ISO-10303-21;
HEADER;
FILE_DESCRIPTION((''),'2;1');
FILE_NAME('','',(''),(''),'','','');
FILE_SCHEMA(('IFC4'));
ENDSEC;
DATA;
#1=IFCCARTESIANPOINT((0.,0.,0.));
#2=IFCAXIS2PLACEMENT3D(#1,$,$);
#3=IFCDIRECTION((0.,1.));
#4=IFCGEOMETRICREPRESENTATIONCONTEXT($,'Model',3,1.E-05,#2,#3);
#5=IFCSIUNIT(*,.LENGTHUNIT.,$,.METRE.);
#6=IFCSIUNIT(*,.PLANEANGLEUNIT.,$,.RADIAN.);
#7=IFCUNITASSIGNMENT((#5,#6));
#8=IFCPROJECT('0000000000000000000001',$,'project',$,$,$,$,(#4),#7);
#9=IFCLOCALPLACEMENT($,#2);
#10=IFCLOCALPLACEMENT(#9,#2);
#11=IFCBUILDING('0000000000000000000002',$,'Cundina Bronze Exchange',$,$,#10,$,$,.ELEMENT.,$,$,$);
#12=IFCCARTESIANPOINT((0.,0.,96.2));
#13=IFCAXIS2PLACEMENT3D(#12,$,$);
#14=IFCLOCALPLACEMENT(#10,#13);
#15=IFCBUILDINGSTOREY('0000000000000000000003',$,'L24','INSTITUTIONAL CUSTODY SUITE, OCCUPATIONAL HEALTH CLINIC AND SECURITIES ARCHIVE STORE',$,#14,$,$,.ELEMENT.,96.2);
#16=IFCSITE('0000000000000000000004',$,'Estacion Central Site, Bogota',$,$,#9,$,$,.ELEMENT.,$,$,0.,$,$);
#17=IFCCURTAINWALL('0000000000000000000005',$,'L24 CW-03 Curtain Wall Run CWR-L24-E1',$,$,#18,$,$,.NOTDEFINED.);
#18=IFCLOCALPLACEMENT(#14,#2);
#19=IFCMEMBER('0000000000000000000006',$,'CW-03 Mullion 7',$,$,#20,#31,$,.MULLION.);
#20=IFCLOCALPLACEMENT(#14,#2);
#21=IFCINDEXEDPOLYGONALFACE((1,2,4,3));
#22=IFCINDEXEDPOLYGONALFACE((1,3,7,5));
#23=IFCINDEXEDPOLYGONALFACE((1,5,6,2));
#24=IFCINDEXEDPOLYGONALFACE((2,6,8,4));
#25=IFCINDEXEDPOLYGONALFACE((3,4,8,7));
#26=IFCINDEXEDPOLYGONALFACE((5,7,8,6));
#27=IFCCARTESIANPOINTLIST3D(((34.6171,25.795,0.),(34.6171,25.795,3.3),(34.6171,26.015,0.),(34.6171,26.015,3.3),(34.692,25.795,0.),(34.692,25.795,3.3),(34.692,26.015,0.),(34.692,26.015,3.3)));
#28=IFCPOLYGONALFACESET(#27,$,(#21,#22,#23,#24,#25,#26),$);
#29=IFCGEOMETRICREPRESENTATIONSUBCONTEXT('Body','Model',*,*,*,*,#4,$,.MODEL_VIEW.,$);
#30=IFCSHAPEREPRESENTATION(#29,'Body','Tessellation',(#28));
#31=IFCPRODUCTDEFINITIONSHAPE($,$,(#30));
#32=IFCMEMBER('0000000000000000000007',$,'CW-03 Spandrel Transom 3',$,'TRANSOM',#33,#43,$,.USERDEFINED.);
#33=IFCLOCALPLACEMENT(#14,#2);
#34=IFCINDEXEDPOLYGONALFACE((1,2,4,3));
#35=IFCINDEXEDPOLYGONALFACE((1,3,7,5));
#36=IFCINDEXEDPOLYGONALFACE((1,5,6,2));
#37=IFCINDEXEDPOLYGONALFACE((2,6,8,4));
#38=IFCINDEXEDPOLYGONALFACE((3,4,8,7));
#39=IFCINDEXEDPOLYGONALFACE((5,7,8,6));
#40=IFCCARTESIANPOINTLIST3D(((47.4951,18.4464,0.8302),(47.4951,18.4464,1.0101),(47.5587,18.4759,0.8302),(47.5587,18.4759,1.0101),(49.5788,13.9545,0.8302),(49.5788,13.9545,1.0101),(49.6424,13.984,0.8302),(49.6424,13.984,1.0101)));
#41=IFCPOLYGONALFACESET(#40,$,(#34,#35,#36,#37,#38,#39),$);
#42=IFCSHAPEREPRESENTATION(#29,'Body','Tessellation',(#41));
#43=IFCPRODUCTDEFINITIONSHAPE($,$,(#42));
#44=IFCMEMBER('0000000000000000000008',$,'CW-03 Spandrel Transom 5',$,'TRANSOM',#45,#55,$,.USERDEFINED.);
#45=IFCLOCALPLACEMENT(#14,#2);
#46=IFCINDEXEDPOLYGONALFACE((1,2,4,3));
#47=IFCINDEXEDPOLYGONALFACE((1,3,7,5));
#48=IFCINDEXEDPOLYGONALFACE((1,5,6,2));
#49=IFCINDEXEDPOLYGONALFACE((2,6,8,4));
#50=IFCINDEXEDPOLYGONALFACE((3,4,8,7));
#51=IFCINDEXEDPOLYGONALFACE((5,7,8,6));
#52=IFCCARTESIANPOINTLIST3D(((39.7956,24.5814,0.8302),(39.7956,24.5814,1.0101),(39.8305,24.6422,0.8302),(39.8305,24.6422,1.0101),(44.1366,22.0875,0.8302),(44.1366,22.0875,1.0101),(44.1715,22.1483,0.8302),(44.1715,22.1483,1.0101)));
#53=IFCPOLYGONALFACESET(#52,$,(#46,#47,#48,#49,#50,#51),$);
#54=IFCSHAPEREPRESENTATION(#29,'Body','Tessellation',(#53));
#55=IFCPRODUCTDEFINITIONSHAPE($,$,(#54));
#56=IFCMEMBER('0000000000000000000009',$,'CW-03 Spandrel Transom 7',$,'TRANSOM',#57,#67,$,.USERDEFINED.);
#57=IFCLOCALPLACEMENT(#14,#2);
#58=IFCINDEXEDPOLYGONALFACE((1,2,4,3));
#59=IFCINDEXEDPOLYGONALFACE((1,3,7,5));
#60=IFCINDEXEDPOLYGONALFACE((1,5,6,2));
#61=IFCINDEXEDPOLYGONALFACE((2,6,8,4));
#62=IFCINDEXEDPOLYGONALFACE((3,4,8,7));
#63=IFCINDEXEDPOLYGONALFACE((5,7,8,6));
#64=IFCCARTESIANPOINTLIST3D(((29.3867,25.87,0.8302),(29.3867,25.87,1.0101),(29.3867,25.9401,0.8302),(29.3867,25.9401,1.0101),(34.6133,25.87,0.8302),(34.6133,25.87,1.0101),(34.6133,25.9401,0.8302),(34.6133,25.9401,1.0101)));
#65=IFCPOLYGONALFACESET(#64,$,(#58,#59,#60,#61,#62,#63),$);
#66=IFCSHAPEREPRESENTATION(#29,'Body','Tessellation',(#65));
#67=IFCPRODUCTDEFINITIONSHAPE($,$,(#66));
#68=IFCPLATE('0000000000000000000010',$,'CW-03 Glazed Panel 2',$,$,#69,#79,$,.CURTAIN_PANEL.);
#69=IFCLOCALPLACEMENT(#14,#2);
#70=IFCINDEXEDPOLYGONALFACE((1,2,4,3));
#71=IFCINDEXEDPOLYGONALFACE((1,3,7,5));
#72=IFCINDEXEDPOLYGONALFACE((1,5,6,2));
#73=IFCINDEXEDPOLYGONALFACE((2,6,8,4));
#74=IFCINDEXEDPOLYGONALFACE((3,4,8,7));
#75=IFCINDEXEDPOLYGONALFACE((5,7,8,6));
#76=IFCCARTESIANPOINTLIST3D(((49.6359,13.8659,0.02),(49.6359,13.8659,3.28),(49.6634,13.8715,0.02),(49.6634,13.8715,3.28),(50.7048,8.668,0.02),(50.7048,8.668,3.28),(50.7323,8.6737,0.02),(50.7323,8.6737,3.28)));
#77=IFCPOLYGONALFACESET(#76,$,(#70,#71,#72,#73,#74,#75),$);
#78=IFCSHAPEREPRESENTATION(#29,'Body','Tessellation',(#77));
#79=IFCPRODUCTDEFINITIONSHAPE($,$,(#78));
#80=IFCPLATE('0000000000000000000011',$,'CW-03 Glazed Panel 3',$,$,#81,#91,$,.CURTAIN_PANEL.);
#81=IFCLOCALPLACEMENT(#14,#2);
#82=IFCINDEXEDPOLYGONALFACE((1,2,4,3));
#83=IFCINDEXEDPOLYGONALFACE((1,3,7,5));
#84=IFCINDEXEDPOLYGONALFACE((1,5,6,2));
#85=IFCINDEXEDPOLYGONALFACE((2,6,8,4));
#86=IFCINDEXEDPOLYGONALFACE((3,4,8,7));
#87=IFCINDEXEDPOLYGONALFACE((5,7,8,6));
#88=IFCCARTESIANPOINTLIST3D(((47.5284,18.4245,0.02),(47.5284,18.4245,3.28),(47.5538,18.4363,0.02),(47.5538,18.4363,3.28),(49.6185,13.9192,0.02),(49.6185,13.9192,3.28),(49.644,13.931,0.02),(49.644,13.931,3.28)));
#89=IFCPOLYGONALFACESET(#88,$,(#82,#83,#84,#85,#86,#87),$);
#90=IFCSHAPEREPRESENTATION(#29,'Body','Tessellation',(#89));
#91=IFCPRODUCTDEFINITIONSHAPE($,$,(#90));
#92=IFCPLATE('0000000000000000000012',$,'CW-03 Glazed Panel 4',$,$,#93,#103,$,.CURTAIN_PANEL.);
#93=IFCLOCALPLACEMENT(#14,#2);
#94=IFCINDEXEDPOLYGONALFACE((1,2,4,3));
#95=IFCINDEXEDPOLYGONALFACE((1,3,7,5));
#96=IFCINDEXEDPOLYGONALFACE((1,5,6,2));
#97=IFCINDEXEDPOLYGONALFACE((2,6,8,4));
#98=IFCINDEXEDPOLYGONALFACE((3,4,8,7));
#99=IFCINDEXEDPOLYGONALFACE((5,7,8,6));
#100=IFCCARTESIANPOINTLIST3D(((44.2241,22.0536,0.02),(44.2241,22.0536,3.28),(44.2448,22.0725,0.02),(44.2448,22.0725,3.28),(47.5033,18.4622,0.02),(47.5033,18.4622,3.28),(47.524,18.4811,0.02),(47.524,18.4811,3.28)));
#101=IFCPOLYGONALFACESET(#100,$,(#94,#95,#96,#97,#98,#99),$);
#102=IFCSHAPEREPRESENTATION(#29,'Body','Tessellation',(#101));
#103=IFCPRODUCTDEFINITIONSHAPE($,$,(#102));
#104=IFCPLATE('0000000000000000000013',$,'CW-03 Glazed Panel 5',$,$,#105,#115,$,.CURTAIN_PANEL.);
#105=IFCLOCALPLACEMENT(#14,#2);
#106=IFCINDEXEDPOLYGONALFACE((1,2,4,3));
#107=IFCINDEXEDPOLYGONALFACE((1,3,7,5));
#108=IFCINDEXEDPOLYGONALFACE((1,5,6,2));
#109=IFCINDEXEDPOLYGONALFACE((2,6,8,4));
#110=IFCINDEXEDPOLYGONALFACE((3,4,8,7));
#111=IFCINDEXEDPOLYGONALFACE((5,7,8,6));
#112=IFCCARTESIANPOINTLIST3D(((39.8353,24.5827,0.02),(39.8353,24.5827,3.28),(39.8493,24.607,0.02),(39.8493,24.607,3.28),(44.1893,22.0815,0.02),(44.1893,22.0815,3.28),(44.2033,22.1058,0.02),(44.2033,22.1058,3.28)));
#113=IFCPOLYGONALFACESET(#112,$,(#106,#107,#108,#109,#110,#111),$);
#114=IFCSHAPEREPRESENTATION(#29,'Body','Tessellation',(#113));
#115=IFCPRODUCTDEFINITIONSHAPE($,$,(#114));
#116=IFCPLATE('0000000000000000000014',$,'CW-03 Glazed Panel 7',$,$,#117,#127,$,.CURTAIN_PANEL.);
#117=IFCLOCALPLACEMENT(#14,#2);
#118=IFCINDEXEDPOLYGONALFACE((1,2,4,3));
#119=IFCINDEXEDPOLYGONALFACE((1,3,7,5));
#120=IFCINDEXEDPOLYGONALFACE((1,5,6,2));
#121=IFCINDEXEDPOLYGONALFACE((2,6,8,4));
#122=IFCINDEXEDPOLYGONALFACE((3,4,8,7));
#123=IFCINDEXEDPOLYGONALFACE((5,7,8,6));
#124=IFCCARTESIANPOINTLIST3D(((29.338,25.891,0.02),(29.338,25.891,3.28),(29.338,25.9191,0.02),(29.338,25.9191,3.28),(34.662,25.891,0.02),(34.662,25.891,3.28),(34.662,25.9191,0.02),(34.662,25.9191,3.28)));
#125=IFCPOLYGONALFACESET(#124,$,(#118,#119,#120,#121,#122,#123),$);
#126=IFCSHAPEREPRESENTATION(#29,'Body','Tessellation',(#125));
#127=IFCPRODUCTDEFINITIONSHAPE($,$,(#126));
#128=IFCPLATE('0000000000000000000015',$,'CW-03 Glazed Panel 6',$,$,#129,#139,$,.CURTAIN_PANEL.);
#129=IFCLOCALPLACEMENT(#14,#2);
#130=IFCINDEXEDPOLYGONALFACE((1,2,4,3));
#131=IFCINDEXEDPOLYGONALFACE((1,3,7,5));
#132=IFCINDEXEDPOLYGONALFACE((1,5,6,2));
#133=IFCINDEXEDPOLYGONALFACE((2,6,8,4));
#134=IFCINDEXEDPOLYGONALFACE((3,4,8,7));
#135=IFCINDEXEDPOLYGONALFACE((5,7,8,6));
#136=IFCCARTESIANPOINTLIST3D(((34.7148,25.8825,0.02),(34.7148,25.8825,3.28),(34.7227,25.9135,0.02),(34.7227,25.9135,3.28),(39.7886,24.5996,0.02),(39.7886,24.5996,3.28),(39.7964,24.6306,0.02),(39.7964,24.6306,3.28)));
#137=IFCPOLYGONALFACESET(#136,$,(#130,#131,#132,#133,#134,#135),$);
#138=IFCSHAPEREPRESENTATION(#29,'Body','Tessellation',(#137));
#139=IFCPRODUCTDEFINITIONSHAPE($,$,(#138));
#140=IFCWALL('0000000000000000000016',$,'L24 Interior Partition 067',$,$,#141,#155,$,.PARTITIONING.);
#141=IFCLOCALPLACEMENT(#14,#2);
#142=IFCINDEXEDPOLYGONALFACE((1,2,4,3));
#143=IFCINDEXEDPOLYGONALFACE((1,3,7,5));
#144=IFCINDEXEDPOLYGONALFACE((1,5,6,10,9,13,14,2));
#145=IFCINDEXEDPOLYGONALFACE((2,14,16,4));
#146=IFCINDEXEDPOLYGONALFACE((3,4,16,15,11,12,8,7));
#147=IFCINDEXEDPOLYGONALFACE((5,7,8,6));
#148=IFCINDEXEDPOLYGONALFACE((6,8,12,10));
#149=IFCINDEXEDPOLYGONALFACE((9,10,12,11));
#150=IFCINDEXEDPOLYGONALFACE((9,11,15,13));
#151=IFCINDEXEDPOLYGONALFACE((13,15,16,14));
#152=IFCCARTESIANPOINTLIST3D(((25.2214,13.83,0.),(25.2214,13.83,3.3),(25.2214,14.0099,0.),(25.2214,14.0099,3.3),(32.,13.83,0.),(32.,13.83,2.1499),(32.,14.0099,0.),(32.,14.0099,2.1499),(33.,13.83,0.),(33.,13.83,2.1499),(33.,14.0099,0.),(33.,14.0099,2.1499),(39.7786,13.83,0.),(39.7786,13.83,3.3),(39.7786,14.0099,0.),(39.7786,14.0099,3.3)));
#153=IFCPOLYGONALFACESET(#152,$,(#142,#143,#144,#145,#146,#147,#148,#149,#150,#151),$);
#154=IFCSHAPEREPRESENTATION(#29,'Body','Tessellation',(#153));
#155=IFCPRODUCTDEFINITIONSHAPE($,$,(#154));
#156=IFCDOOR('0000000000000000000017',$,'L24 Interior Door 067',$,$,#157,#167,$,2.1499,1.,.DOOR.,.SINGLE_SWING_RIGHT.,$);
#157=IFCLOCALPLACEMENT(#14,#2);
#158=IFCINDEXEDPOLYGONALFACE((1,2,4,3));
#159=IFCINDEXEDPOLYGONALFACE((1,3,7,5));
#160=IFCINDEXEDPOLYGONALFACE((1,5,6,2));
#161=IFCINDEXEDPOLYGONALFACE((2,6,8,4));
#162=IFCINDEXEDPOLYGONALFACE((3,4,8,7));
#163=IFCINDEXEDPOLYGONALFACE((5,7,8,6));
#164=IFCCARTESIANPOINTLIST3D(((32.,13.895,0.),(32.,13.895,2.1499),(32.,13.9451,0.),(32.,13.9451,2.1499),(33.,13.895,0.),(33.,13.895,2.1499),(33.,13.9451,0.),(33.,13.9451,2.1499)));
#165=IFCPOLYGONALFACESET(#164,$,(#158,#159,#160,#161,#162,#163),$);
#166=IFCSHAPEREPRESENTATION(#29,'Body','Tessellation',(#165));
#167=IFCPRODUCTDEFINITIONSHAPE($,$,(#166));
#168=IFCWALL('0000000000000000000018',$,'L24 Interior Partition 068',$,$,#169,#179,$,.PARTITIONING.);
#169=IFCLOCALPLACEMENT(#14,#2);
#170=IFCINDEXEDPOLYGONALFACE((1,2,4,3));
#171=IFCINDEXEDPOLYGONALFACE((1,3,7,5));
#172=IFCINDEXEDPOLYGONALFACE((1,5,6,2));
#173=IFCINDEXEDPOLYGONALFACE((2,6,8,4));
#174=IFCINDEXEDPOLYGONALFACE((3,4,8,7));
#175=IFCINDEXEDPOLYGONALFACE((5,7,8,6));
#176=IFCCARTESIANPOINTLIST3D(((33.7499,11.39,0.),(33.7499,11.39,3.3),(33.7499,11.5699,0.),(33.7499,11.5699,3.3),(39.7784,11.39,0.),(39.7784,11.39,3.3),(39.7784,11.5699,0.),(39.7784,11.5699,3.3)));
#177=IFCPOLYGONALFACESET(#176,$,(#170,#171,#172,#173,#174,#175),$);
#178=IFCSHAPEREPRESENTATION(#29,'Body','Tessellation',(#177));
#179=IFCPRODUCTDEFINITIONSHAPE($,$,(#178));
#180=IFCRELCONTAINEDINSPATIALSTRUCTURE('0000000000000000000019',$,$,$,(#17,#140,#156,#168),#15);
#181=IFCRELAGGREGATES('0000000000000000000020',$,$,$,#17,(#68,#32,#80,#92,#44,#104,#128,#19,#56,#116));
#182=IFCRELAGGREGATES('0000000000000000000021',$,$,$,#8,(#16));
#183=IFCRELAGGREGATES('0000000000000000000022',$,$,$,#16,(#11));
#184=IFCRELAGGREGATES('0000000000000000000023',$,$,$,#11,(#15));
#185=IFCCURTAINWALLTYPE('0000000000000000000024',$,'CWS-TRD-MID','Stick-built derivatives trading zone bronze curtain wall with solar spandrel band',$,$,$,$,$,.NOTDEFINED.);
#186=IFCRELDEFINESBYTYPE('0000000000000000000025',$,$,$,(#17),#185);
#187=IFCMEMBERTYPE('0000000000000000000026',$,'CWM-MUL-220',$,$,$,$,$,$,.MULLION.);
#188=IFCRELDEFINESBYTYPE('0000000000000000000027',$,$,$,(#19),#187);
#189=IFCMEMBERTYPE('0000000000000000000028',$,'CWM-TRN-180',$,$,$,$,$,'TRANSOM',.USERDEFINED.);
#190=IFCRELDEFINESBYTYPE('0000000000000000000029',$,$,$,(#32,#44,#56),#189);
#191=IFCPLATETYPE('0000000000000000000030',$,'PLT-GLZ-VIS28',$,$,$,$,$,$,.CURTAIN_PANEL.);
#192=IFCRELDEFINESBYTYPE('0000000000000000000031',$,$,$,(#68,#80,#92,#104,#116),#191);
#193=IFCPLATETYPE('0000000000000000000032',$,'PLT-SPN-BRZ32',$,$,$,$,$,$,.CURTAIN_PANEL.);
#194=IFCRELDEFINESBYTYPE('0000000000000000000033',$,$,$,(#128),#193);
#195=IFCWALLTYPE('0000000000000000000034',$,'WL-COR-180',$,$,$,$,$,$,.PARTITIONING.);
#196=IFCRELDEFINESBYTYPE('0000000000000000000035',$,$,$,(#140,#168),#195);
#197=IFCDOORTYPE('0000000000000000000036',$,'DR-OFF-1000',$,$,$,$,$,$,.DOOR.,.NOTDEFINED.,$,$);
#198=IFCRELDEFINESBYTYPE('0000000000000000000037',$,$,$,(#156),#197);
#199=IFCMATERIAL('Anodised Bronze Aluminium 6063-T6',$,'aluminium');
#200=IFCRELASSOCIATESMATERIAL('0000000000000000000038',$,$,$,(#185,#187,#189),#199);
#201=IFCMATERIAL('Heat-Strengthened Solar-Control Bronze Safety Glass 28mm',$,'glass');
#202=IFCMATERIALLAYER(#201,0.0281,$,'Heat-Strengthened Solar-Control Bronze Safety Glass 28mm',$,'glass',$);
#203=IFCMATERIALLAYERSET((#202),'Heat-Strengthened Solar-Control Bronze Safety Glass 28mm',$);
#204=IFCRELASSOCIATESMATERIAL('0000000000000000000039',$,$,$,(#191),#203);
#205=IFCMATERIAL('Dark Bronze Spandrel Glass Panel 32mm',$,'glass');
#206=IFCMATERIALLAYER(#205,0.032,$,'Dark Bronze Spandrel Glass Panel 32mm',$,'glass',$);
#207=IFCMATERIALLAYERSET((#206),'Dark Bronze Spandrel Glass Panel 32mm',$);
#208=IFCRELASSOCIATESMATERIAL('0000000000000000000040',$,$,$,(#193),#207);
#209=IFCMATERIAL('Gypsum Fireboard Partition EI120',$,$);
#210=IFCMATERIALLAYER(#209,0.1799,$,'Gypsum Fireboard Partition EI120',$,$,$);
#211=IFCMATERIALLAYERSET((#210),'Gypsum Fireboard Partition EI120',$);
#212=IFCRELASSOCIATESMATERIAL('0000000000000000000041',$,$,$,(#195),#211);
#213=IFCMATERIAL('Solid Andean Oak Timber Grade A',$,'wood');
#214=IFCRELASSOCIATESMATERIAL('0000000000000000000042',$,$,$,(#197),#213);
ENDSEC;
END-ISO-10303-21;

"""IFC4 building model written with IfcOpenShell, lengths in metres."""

from ifc_helpers import new_model, si_unit, direction, frame, frame_2d, origin, origin_2d, place, context, subcontext, project, spatial, rectangle, extrude, material, layer, layer_set, material_profile, profile_set, type_object, element, fill, aggregate, save


model = new_model("IFC4")

# Units and contexts
model_context = context("Model", 3, precision=1e-05, world=origin(), true_north=direction((0.0, 1.0)))
body_context = subcontext(model_context, "Body", "Model", "MODEL_VIEW")
ifc_project = project(units=[si_unit("LENGTHUNIT", "METRE"), si_unit("PLANEANGLEUNIT", "RADIAN")], contexts=[model_context])

# Site, building, storey
site_placement = place(None, origin())
site = spatial("IfcSite", under=ifc_project, at=site_placement, Name="Estacion Central Site, Bogota", CompositionType="ELEMENT", RefElevation=0.0)
building_placement = place(site_placement, origin())
building = spatial("IfcBuilding", under=site, at=building_placement, Name="Cundina Bronze Exchange", CompositionType="ELEMENT")
storey_placement = place(building_placement, frame((0.0, 0.0, 96.2)))
storey = spatial("IfcBuildingStorey", under=building, at=storey_placement, Name="L24", Description="INSTITUTIONAL CUSTODY SUITE, OCCUPATIONAL HEALTH CLINIC AND SECURITIES ARCHIVE STORE", CompositionType="ELEMENT", Elevation=96.2)

# Curtain wall, members, plates
ifc_material_1 = material(Name="Anodised Bronze Aluminium 6063-T6", Category="aluminium")
curtain_wall_type = type_object("IfcCurtainWallType", Name="CWS-TRD-MID", Description="Stick-built derivatives trading zone bronze curtain wall with solar spandrel band", PredefinedType="NOTDEFINED", material=ifc_material_1)
curtain_wall_placement = place(storey_placement, origin())
curtain_wall = element("IfcCurtainWall", 1, at=curtain_wall_placement, inside=storey, type_object=curtain_wall_type, Name="L24 CW-03 Curtain Wall Run CWR-L24-E1", PredefinedType="NOTDEFINED")
ifc_material_profile_1 = material_profile(ifc_material_1, rectangle(XDim=0.075, YDim=0.22, at=origin_2d()), Name="AL75X220", Category="aluminium")
ifc_profile_set_1 = profile_set([ifc_material_profile_1], Name="Anodised Bronze Aluminium 6063-T6")
member_type_1 = type_object("IfcMemberType", Name="CWM-MUL-220", PredefinedType="MULLION", material=ifc_profile_set_1)
member_1_placement = place(storey_placement, frame((34.6545, 25.905, 0.0), z_axis=(0.0, 0.0, 1.0), x_axis=(-1.0, 0.0, 0.0)))
member_1 = element("IfcMember", 2, at=member_1_placement, type_object=member_type_1, Name="CW-03 Mullion 7", PredefinedType="MULLION", context=body_context, shape_type="SweptSolid", body=[
    extrude(rectangle(XDim=0.075, YDim=0.22, at=origin_2d()), origin(), (0.0, 0.0, 1.0), 3.3),
])
ifc_material_profile_2 = material_profile(ifc_material_1, rectangle(XDim=0.0701, YDim=0.1799, at=origin_2d()), Name="AL70X180", Category="aluminium")
ifc_profile_set_2 = profile_set([ifc_material_profile_2], Name="Anodised Bronze Aluminium 6063-T6")
member_type_2 = type_object("IfcMemberType", Name="CWM-TRN-180", ElementType="TRANSOM", PredefinedType="USERDEFINED", material=ifc_profile_set_2)
member_2_placement = place(storey_placement, frame((49.6106, 13.9692, 0.9202), z_axis=(-0.420811, 0.907148, 0.0), x_axis=(-0.907148, -0.420811, 0.0)))
member_2 = element("IfcMember", 3, at=member_2_placement, type_object=member_type_2, Name="CW-03 Spandrel Transom 3", ObjectType="TRANSOM", PredefinedType="USERDEFINED", context=body_context, shape_type="SweptSolid", body=[
    extrude(rectangle(XDim=0.0701, YDim=0.1799, at=origin_2d()), origin(), (0.0, 0.0, 1.0), 4.9517),
])
member_3_placement = place(storey_placement, frame((44.1541, 22.1179, 0.9202), z_axis=(-0.867097, 0.498139, 0.0), x_axis=(-0.498139, -0.867097, 0.0)))
member_3 = element("IfcMember", 4, at=member_3_placement, type_object=member_type_2, Name="CW-03 Spandrel Transom 5", ObjectType="TRANSOM", PredefinedType="USERDEFINED", context=body_context, shape_type="SweptSolid", body=[
    extrude(rectangle(XDim=0.0701, YDim=0.1799, at=origin_2d()), origin(), (0.0, 0.0, 1.0), 5.0063),
])
member_4_placement = place(storey_placement, frame((34.6133, 25.905, 0.9202), z_axis=(-1.0, 0.0, 0.0), x_axis=(0.0, -1.0, 0.0)))
member_4 = element("IfcMember", 5, at=member_4_placement, type_object=member_type_2, Name="CW-03 Spandrel Transom 7", ObjectType="TRANSOM", PredefinedType="USERDEFINED", context=body_context, shape_type="SweptSolid", body=[
    extrude(rectangle(XDim=0.0701, YDim=0.1799, at=origin_2d()), origin(), (0.0, 0.0, 1.0), 5.2266),
])
ifc_material_2 = material(Name="Heat-Strengthened Solar-Control Bronze Safety Glass 28mm", Category="glass")
ifc_layer_1 = layer(ifc_material_2, 0.0281, Name="Heat-Strengthened Solar-Control Bronze Safety Glass 28mm", Category="glass")
ifc_layer_set_1 = layer_set([ifc_layer_1], Name="Heat-Strengthened Solar-Control Bronze Safety Glass 28mm")
plate_type_1 = type_object("IfcPlateType", Name="PLT-GLZ-VIS28", PredefinedType="CURTAIN_PANEL", material=ifc_layer_set_1)
plate_1_placement = place(storey_placement, frame((50.1841, 11.2698, 0.02), z_axis=(0.0, 0.0, 1.0), x_axis=(-0.20142, 0.979505, 0.0)))
plate_1 = element("IfcPlate", 6, at=plate_1_placement, type_object=plate_type_1, Name="CW-03 Glazed Panel 2", PredefinedType="CURTAIN_PANEL", context=body_context, shape_type="SweptSolid", body=[
    extrude(rectangle(XDim=5.3066, YDim=0.0281, at=origin_2d()), origin(), (0.0, 0.0, 1.0), 3.26),
])
plate_2_placement = place(storey_placement, frame((48.5862, 16.1777, 0.02), z_axis=(0.0, 0.0, 1.0), x_axis=(-0.420846, 0.907132, 0.0)))
plate_2 = element("IfcPlate", 7, at=plate_2_placement, type_object=plate_type_1, Name="CW-03 Glazed Panel 3", PredefinedType="CURTAIN_PANEL", context=body_context, shape_type="SweptSolid", body=[
    extrude(rectangle(XDim=4.9666, YDim=0.0281, at=origin_2d()), origin(), (0.0, 0.0, 1.0), 3.26),
])
plate_3_placement = place(storey_placement, frame((45.874, 20.2673, 0.02), z_axis=(0.0, 0.0, 1.0), x_axis=(-0.674277, 0.738479, 0.0)))
plate_3 = element("IfcPlate", 8, at=plate_3_placement, type_object=plate_type_1, Name="CW-03 Glazed Panel 4", PredefinedType="CURTAIN_PANEL", context=body_context, shape_type="SweptSolid", body=[
    extrude(rectangle(XDim=4.8633, YDim=0.0281, at=origin_2d()), origin(), (0.0, 0.0, 1.0), 3.26),
])
plate_4_placement = place(storey_placement, frame((42.0193, 23.3442, 0.02), z_axis=(0.0, 0.0, 1.0), x_axis=(-0.867105, 0.498125, 0.0)))
plate_4 = element("IfcPlate", 9, at=plate_4_placement, type_object=plate_type_1, Name="CW-03 Glazed Panel 5", PredefinedType="CURTAIN_PANEL", context=body_context, shape_type="SweptSolid", body=[
    extrude(rectangle(XDim=5.0212, YDim=0.0281, at=origin_2d()), origin(), (0.0, 0.0, 1.0), 3.26),
])
plate_5_placement = place(storey_placement, frame((32.0, 25.905, 0.02), z_axis=(0.0, 0.0, 1.0), x_axis=(-1.0, 0.0, 0.0)))
plate_5 = element("IfcPlate", 10, at=plate_5_placement, type_object=plate_type_1, Name="CW-03 Glazed Panel 7", PredefinedType="CURTAIN_PANEL", context=body_context, shape_type="SweptSolid", body=[
    extrude(rectangle(XDim=5.324, YDim=0.0281, at=origin_2d()), origin(), (0.0, 0.0, 1.0), 3.26),
])
ifc_material_3 = material(Name="Dark Bronze Spandrel Glass Panel 32mm", Category="glass")
ifc_layer_2 = layer(ifc_material_3, 0.032, Name="Dark Bronze Spandrel Glass Panel 32mm", Category="glass")
ifc_layer_set_2 = layer_set([ifc_layer_2], Name="Dark Bronze Spandrel Glass Panel 32mm")
plate_type_2 = type_object("IfcPlateType", Name="PLT-SPN-BRZ32", PredefinedType="CURTAIN_PANEL", material=ifc_layer_set_2)
plate_6_placement = place(storey_placement, frame((37.2556, 25.2566, 0.02), z_axis=(0.0, 0.0, 1.0), x_axis=(-0.969488, 0.245138, 0.0)))
plate_6 = element("IfcPlate", 11, at=plate_6_placement, type_object=plate_type_2, Name="CW-03 Glazed Panel 6", PredefinedType="CURTAIN_PANEL", context=body_context, shape_type="SweptSolid", body=[
    extrude(rectangle(XDim=5.2334, YDim=0.032, at=origin_2d()), origin(), (0.0, 0.0, 1.0), 3.26),
])
aggregate(curtain_wall, [plate_1, member_2, plate_2, plate_3, member_3, plate_4, plate_6, member_1, member_4, plate_5])

# Wall, opening, door
ifc_material_4 = material(Name="Gypsum Fireboard Partition EI120")
ifc_layer_3 = layer(ifc_material_4, 0.1799, Name="Gypsum Fireboard Partition EI120")
ifc_layer_set_3 = layer_set([ifc_layer_3], Name="Gypsum Fireboard Partition EI120")
wall_type_1 = type_object("IfcWallType", Name="WL-COR-180", PredefinedType="PARTITIONING", material=ifc_layer_set_3)
wall_1_placement = place(storey_placement, frame((39.7786, 13.9199, 0.0), z_axis=(0.0, 0.0, 1.0), x_axis=(-1.0, 0.0, 0.0)))
wall_1 = element("IfcWall", 12, at=wall_1_placement, inside=storey, type_object=wall_type_1, Name="L24 Interior Partition 067", PredefinedType="PARTITIONING", context=body_context, shape_type="SweptSolid", body=[
    extrude(rectangle(XDim=14.5571, YDim=0.1799, at=frame_2d((7.2786, 0.0))), origin(), (0.0, 0.0, 1.0), 3.3),
])
opening_placement = place(wall_1_placement, frame((6.7786, 0.0, 0.0)))
opening = element("IfcOpeningElement", 13, at=opening_placement, cuts=wall_1, PredefinedType="OPENING", context=body_context, shape_type="SweptSolid", body=[
    extrude(rectangle(XDim=1.0, YDim=2.1499, at=frame_2d((0.5, 1.075))), frame((0.0, 0.0999, 0.0), z_axis=(0.0, -1.0, 0.0), x_axis=(1.0, 0.0, 0.0)), (0.0, 0.0, 1.0), 0.2),
])
ifc_material_5 = material(Name="Solid Andean Oak Timber Grade A", Category="wood")
door_type = type_object("IfcDoorType", Name="DR-OFF-1000", OperationType="NOTDEFINED", PredefinedType="DOOR", material=ifc_material_5)
door_placement = place(opening_placement, origin())
door = element("IfcDoor", 14, at=door_placement, inside=storey, type_object=door_type, Name="L24 Interior Door 067", OperationType="SINGLE_SWING_RIGHT", OverallHeight=2.1499, OverallWidth=1.0, PredefinedType="DOOR", context=body_context, shape_type="SweptSolid", body=[
    extrude(rectangle(XDim=1.0, YDim=2.1499, at=frame_2d((0.5, 1.075))), frame((0.0, 0.0249, 0.0), z_axis=(0.0, -1.0, 0.0), x_axis=(1.0, 0.0, 0.0)), (0.0, 0.0, 1.0), 0.05),
])
fill(opening, door)

# Wall
wall_2_placement = place(storey_placement, frame((33.75, 11.48, 0.0), z_axis=(0.0, 0.0, 1.0), x_axis=(1.0, 0.0, 0.0)))
element("IfcWall", 15, at=wall_2_placement, inside=storey, type_object=wall_type_1, Name="L24 Interior Partition 068", PredefinedType="PARTITIONING", context=body_context, shape_type="SweptSolid", body=[
    extrude(rectangle(XDim=6.0286, YDim=0.1799, at=frame_2d((3.0142, 0.0))), origin(), (0.0, 0.0, 1.0), 3.3),
])

save(model, "model.ifc")
